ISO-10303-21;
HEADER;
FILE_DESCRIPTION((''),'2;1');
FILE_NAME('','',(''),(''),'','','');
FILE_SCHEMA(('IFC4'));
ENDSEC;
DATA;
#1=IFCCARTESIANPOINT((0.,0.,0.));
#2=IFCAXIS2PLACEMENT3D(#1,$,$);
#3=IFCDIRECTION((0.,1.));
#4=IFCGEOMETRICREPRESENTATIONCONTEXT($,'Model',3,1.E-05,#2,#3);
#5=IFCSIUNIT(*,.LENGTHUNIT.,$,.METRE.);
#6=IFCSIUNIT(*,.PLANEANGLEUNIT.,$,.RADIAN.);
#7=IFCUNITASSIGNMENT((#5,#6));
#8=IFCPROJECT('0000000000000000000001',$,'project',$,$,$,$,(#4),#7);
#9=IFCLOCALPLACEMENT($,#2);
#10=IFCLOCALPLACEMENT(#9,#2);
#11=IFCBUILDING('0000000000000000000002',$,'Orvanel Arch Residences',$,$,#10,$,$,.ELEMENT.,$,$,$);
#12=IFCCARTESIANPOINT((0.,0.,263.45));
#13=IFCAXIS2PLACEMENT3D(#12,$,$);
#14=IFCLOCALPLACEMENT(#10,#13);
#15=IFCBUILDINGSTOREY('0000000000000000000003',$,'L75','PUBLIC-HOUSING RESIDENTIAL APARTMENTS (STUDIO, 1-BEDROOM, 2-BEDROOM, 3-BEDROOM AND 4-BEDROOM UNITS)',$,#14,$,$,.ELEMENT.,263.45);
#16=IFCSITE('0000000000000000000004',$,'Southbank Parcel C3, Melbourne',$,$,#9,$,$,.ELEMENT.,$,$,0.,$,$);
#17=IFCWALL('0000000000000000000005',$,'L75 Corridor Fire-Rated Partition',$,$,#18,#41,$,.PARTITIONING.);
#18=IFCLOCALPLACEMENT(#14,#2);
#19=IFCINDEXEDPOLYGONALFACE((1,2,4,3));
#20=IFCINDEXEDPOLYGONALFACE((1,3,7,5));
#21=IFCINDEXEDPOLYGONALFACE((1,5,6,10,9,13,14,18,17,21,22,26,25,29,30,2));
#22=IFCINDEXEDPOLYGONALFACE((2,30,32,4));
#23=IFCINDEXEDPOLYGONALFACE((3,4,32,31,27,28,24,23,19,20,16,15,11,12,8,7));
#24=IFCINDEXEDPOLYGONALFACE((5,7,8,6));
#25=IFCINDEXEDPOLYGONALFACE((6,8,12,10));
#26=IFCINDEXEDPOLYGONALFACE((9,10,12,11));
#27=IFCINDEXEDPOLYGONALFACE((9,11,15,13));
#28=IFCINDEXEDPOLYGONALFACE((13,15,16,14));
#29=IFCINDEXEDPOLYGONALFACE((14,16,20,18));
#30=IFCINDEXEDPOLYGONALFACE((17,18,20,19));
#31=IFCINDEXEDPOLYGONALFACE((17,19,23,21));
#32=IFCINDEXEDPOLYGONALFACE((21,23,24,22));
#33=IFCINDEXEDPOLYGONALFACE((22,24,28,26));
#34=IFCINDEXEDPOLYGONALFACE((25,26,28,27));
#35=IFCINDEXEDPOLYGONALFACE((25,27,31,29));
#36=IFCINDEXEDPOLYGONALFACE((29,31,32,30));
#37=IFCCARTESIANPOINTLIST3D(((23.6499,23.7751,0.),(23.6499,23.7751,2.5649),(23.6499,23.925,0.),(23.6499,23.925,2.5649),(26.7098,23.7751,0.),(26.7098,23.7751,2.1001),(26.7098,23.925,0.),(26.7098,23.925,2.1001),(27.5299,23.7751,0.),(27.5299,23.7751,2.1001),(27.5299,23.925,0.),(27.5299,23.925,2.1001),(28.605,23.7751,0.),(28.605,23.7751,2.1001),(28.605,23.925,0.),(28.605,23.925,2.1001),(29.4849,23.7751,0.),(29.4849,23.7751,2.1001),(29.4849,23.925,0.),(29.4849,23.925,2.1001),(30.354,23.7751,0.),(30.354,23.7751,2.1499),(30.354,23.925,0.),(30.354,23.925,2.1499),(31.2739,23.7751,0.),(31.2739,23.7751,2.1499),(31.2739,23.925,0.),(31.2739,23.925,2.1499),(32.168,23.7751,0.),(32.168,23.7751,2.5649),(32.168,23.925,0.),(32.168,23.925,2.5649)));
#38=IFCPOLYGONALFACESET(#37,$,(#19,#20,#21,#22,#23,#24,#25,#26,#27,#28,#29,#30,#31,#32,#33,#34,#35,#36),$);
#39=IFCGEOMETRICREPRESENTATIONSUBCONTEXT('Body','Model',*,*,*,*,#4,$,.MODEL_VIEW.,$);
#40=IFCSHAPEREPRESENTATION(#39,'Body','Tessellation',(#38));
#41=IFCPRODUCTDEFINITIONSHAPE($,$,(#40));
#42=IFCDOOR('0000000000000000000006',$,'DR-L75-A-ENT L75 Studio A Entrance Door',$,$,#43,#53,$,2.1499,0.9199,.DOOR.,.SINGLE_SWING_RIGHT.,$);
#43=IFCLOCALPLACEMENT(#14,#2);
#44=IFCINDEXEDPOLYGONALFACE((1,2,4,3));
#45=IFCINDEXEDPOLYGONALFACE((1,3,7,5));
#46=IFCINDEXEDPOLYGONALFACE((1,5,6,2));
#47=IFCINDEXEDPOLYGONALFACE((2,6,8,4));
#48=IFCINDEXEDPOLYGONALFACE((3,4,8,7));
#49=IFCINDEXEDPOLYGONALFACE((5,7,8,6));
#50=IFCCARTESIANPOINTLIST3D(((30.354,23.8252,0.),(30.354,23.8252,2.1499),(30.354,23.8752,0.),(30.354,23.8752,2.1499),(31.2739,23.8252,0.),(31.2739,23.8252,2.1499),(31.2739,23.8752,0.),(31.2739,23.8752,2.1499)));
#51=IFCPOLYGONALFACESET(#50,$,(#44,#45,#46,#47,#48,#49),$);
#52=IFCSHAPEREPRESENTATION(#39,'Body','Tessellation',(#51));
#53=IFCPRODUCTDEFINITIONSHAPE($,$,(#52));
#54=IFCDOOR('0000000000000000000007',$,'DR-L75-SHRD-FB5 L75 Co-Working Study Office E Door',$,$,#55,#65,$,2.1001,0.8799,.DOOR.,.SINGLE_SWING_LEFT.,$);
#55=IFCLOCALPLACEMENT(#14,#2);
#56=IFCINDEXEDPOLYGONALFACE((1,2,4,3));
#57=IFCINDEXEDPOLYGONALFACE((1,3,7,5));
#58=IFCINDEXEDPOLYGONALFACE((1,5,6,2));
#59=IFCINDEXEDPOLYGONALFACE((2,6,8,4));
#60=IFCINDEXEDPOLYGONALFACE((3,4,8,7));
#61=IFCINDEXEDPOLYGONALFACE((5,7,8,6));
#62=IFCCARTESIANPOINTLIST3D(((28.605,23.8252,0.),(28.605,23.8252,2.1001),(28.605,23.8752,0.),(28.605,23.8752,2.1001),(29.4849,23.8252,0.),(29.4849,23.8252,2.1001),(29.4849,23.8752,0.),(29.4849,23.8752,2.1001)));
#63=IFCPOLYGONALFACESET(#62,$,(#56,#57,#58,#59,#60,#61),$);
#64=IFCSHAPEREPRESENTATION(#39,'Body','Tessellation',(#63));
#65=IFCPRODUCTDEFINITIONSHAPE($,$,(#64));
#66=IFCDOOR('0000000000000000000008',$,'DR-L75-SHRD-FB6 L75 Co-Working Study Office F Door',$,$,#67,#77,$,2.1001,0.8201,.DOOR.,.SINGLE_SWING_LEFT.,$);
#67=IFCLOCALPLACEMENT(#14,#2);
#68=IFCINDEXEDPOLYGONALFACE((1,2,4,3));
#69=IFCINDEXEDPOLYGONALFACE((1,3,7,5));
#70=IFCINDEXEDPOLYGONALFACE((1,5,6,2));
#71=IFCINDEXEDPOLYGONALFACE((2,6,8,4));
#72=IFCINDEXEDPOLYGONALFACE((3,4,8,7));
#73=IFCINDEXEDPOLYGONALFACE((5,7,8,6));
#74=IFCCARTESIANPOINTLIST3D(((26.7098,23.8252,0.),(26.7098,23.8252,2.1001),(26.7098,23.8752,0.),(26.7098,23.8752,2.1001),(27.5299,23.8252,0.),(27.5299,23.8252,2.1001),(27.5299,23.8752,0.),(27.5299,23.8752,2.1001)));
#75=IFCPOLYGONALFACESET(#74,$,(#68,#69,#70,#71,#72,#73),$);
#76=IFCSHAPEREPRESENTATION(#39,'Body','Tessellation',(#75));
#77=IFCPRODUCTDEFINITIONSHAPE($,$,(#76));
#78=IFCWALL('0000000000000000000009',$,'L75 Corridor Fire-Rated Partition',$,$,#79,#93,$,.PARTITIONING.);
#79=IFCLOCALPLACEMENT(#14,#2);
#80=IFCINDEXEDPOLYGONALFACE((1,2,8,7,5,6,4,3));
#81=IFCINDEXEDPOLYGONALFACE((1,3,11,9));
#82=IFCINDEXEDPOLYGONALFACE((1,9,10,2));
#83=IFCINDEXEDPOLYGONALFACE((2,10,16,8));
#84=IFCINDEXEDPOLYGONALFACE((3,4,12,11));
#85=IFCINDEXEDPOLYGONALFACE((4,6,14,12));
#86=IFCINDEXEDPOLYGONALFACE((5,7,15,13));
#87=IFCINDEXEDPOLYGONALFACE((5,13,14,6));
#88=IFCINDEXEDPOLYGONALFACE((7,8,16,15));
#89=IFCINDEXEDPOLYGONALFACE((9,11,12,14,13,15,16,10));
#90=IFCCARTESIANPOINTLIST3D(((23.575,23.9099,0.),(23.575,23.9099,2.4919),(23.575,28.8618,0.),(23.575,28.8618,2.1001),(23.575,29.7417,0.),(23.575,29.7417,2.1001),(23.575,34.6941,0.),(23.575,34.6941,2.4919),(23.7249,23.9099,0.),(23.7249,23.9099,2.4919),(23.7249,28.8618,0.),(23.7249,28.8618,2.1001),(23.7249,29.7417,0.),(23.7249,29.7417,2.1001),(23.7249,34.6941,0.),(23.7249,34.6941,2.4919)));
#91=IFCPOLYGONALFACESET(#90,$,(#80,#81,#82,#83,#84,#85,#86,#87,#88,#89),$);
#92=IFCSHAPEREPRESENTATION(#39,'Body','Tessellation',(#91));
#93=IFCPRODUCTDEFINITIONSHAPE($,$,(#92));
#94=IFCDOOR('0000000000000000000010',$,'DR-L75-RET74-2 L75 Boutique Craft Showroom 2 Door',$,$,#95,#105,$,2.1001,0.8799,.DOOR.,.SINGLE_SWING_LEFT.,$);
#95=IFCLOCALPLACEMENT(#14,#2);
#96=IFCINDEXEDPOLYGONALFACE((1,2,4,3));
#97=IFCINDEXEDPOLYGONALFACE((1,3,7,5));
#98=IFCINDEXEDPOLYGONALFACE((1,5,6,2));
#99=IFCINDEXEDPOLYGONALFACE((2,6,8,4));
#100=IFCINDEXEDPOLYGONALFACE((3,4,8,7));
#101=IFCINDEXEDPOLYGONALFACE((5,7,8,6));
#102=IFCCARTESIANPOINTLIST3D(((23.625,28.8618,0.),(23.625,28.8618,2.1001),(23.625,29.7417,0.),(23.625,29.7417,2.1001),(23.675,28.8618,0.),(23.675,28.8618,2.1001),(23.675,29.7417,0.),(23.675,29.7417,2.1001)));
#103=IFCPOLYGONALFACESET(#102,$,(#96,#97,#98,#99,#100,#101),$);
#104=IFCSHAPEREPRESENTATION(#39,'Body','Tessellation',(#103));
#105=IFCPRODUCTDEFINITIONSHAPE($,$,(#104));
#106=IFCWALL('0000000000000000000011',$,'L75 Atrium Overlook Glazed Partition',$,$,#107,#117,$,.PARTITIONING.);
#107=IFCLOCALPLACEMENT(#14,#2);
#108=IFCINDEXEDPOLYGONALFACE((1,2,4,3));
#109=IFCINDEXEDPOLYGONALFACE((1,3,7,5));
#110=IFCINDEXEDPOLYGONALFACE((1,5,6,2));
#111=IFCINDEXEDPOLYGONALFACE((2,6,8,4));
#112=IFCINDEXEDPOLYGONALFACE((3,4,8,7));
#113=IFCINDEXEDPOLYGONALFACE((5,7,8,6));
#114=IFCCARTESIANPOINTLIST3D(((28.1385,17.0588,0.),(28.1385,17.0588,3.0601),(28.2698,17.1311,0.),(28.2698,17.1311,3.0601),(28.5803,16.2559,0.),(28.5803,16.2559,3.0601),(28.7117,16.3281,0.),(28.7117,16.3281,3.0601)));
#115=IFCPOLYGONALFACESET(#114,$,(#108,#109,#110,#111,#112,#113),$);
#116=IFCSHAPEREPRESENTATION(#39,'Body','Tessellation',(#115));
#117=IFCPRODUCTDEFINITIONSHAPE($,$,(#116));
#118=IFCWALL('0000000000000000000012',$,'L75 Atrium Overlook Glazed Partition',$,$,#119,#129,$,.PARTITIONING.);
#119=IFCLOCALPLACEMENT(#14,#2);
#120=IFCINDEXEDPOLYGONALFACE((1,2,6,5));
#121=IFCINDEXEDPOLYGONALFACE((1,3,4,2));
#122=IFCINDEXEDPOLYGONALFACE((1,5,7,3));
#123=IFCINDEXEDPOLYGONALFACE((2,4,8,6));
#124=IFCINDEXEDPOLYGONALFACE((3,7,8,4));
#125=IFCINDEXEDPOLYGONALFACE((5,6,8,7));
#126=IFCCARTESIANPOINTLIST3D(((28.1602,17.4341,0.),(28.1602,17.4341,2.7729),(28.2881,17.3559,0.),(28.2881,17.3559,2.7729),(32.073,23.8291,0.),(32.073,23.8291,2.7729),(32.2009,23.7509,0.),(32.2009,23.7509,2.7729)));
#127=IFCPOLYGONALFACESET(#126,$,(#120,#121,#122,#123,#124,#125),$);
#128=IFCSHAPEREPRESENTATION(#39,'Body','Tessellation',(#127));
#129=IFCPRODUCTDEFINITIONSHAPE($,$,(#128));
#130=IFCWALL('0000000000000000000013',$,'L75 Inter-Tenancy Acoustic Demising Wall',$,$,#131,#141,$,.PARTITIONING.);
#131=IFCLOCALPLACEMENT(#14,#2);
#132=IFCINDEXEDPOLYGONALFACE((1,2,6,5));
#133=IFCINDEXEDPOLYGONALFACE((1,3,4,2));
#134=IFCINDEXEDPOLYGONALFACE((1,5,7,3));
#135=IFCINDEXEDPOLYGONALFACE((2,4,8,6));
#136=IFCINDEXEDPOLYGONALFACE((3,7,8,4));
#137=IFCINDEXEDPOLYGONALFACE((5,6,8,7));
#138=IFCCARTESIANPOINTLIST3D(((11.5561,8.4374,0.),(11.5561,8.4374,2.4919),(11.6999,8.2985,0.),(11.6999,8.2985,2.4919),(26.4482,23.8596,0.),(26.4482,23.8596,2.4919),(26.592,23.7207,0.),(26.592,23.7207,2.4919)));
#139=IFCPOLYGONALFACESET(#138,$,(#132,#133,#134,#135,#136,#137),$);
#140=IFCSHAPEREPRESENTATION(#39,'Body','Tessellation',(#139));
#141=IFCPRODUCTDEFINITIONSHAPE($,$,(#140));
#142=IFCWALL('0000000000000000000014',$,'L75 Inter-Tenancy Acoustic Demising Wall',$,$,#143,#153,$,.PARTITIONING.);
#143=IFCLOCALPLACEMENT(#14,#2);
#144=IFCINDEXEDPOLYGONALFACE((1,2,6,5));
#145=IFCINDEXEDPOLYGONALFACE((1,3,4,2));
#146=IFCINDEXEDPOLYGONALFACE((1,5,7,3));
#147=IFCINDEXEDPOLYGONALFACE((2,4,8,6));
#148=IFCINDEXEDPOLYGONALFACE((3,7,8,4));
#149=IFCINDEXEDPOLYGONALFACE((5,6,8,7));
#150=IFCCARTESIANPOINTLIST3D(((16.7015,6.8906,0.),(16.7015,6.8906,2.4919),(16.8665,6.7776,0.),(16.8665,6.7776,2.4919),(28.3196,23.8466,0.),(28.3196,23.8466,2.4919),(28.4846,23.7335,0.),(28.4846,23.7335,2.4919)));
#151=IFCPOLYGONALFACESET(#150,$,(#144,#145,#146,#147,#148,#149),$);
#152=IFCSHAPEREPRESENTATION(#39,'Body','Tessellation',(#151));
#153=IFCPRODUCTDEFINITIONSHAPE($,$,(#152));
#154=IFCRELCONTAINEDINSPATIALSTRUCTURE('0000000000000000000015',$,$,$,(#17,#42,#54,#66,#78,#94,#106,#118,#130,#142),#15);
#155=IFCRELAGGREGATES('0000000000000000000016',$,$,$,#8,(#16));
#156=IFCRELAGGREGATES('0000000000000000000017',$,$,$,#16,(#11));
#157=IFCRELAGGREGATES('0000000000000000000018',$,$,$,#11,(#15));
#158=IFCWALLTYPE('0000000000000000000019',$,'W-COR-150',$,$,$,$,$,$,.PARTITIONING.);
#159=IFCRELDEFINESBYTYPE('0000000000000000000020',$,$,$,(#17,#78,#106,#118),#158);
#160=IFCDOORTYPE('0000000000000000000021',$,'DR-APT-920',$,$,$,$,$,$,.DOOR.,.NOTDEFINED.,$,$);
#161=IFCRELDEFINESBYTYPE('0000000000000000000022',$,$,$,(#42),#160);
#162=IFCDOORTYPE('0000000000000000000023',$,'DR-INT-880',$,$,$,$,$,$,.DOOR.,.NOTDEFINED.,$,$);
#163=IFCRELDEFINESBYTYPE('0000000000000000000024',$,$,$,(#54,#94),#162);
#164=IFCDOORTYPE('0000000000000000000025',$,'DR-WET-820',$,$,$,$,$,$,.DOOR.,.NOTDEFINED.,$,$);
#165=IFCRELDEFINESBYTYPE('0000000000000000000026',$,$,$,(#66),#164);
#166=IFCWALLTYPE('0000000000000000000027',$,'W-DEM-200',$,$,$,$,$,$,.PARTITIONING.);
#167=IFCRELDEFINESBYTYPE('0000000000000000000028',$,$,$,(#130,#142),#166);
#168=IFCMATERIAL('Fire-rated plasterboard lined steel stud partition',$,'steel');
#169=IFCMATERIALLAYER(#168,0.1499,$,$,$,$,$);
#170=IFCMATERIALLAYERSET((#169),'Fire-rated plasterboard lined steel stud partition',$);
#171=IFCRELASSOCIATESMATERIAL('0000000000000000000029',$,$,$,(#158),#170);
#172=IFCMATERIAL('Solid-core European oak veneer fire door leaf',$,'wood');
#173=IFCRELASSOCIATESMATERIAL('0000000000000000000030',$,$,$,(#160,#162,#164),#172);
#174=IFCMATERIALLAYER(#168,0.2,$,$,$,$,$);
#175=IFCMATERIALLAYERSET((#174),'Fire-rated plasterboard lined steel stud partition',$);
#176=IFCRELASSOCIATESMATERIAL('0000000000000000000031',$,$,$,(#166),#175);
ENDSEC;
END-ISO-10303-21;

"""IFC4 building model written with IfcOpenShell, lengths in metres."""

from ifc_helpers import new_model, si_unit, direction, frame, frame_2d, origin, place, context, subcontext, project, spatial, rectangle, extrude, material, layer, layer_set, type_object, element, fill, save


model = new_model("IFC4")

# Units and contexts
model_context = context("Model", 3, precision=1e-05, world=origin(), true_north=direction((0.0, 1.0)))
body_context = subcontext(model_context, "Body", "Model", "MODEL_VIEW")
ifc_project = project(units=[si_unit("LENGTHUNIT", "METRE"), si_unit("PLANEANGLEUNIT", "RADIAN")], contexts=[model_context])

# Site, building, storey
site_placement = place(None, origin())
site = spatial("IfcSite", under=ifc_project, at=site_placement, Name="Southbank Parcel C3, Melbourne", CompositionType="ELEMENT", RefElevation=0.0)
building_placement = place(site_placement, origin())
building = spatial("IfcBuilding", under=site, at=building_placement, Name="Orvanel Arch Residences", CompositionType="ELEMENT")
storey_placement = place(building_placement, frame((0.0, 0.0, 263.45)))
storey = spatial("IfcBuildingStorey", under=building, at=storey_placement, Name="L75", Description="PUBLIC-HOUSING RESIDENTIAL APARTMENTS (STUDIO, 1-BEDROOM, 2-BEDROOM, 3-BEDROOM AND 4-BEDROOM UNITS)", CompositionType="ELEMENT", Elevation=263.45)

# Wall, openings, doors
ifc_material_1 = material(Name="Fire-rated plasterboard lined steel stud partition", Category="steel")
ifc_layer_1 = layer(ifc_material_1, 0.1499)
ifc_layer_set_1 = layer_set([ifc_layer_1], Name="Fire-rated plasterboard lined steel stud partition")
wall_type_1 = type_object("IfcWallType", Name="W-COR-150", PredefinedType="PARTITIONING", material=ifc_layer_set_1)
wall_1_placement = place(storey_placement, frame((32.168, 23.8501, 0.0), z_axis=(0.0, 0.0, 1.0), x_axis=(-1.0, 0.0, 0.0)))
wall_1 = element("IfcWall", 1, at=wall_1_placement, inside=storey, type_object=wall_type_1, Name="L75 Corridor Fire-Rated Partition", PredefinedType="PARTITIONING", context=body_context, shape_type="SweptSolid", body=[
    extrude(rectangle(XDim=8.5181, YDim=0.1499, at=frame_2d((4.259, 0.0))), origin(), (0.0, 0.0, 1.0), 2.5649),
])
opening_1_placement = place(wall_1_placement, frame((0.894, 0.0, 0.0)))
opening_1 = element("IfcOpeningElement", 2, at=opening_1_placement, cuts=wall_1, PredefinedType="OPENING", context=body_context, shape_type="SweptSolid", body=[
    extrude(rectangle(XDim=0.9199, YDim=2.1499, at=frame_2d((0.46, 1.075))), frame((0.0, 0.085, 0.0), z_axis=(0.0, -1.0, 0.0), x_axis=(1.0, 0.0, 0.0)), (0.0, 0.0, 1.0), 0.1699),
])
opening_2_placement = place(wall_1_placement, frame((2.6831, 0.0, 0.0)))
opening_2 = element("IfcOpeningElement", 3, at=opening_2_placement, cuts=wall_1, PredefinedType="OPENING", context=body_context, shape_type="SweptSolid", body=[
    extrude(rectangle(XDim=0.8799, YDim=2.1001, at=frame_2d((0.4399, 1.05))), frame((0.0, 0.085, 0.0), z_axis=(0.0, -1.0, 0.0), x_axis=(1.0, 0.0, 0.0)), (0.0, 0.0, 1.0), 0.1699),
])
opening_3_placement = place(wall_1_placement, frame((4.6379, 0.0, 0.0)))
opening_3 = element("IfcOpeningElement", 4, at=opening_3_placement, cuts=wall_1, PredefinedType="OPENING", context=body_context, shape_type="SweptSolid", body=[
    extrude(rectangle(XDim=0.8201, YDim=2.1001, at=frame_2d((0.4102, 1.05))), frame((0.0, 0.085, 0.0), z_axis=(0.0, -1.0, 0.0), x_axis=(1.0, 0.0, 0.0)), (0.0, 0.0, 1.0), 0.1699),
])
ifc_material_2 = material(Name="Solid-core European oak veneer fire door leaf", Category="wood")
door_type_1 = type_object("IfcDoorType", Name="DR-APT-920", OperationType="NOTDEFINED", PredefinedType="DOOR", material=ifc_material_2)
door_1_placement = place(opening_1_placement, origin())
door_1 = element("IfcDoor", 5, at=door_1_placement, inside=storey, type_object=door_type_1, Name="DR-L75-A-ENT L75 Studio A Entrance Door", OperationType="SINGLE_SWING_RIGHT", OverallHeight=2.1499, OverallWidth=0.9199, PredefinedType="DOOR", context=body_context, shape_type="SweptSolid", body=[
    extrude(rectangle(XDim=0.9199, YDim=2.1499, at=frame_2d((0.46, 1.075))), frame((0.0, 0.0249, 0.0), z_axis=(0.0, -1.0, 0.0), x_axis=(1.0, 0.0, 0.0)), (0.0, 0.0, 1.0), 0.05),
])
fill(opening_1, door_1)
door_type_2 = type_object("IfcDoorType", Name="DR-INT-880", OperationType="NOTDEFINED", PredefinedType="DOOR", material=ifc_material_2)
door_2_placement = place(opening_2_placement, origin())
door_2 = element("IfcDoor", 6, at=door_2_placement, inside=storey, type_object=door_type_2, Name="DR-L75-SHRD-FB5 L75 Co-Working Study Office E Door", OperationType="SINGLE_SWING_LEFT", OverallHeight=2.1001, OverallWidth=0.8799, PredefinedType="DOOR", context=body_context, shape_type="SweptSolid", body=[
    extrude(rectangle(XDim=0.8799, YDim=2.1001, at=frame_2d((0.4399, 1.05))), frame((0.0, 0.0249, 0.0), z_axis=(0.0, -1.0, 0.0), x_axis=(1.0, 0.0, 0.0)), (0.0, 0.0, 1.0), 0.05),
])
fill(opening_2, door_2)
door_type_3 = type_object("IfcDoorType", Name="DR-WET-820", OperationType="NOTDEFINED", PredefinedType="DOOR", material=ifc_material_2)
door_3_placement = place(opening_3_placement, origin())
door_3 = element("IfcDoor", 7, at=door_3_placement, inside=storey, type_object=door_type_3, Name="DR-L75-SHRD-FB6 L75 Co-Working Study Office F Door", OperationType="SINGLE_SWING_LEFT", OverallHeight=2.1001, OverallWidth=0.8201, PredefinedType="DOOR", context=body_context, shape_type="SweptSolid", body=[
    extrude(rectangle(XDim=0.8201, YDim=2.1001, at=frame_2d((0.4102, 1.05))), frame((0.0, 0.0249, 0.0), z_axis=(0.0, -1.0, 0.0), x_axis=(1.0, 0.0, 0.0)), (0.0, 0.0, 1.0), 0.05),
])
fill(opening_3, door_3)

# Wall, opening, door
wall_2_placement = place(storey_placement, frame((23.6499, 23.9099, 0.0), z_axis=(0.0, 0.0, 1.0), x_axis=(0.0, 1.0, 0.0)))
wall_2 = element("IfcWall", 8, at=wall_2_placement, inside=storey, type_object=wall_type_1, Name="L75 Corridor Fire-Rated Partition", PredefinedType="PARTITIONING", context=body_context, shape_type="SweptSolid", body=[
    extrude(rectangle(XDim=10.7842, YDim=0.1499, at=frame_2d((5.3921, 0.0))), origin(), (0.0, 0.0, 1.0), 2.4919),
])
opening_4_placement = place(wall_2_placement, frame((4.9519, 0.0, 0.0)))
opening_4 = element("IfcOpeningElement", 9, at=opening_4_placement, cuts=wall_2, PredefinedType="OPENING", context=body_context, shape_type="SweptSolid", body=[
    extrude(rectangle(XDim=0.8799, YDim=2.1001, at=frame_2d((0.4399, 1.05))), frame((0.0, 0.085, 0.0), z_axis=(0.0, -1.0, 0.0), x_axis=(1.0, 0.0, 0.0)), (0.0, 0.0, 1.0), 0.1699),
])
door_4_placement = place(opening_4_placement, origin())
door_4 = element("IfcDoor", 10, at=door_4_placement, inside=storey, type_object=door_type_2, Name="DR-L75-RET74-2 L75 Boutique Craft Showroom 2 Door", OperationType="SINGLE_SWING_LEFT", OverallHeight=2.1001, OverallWidth=0.8799, PredefinedType="DOOR", context=body_context, shape_type="SweptSolid", body=[
    extrude(rectangle(XDim=0.8799, YDim=2.1001, at=frame_2d((0.4399, 1.05))), frame((0.0, 0.0249, 0.0), z_axis=(0.0, -1.0, 0.0), x_axis=(1.0, 0.0, 0.0)), (0.0, 0.0, 1.0), 0.05),
])
fill(opening_4, door_4)

# Walls
wall_3_placement = place(storey_placement, frame((28.646, 16.292, 0.0), z_axis=(0.0, 0.0, 1.0), x_axis=(-0.482133, 0.876098, 0.0)))
element("IfcWall", 11, at=wall_3_placement, inside=storey, type_object=wall_type_1, Name="L75 Atrium Overlook Glazed Partition", PredefinedType="PARTITIONING", context=body_context, shape_type="SweptSolid", body=[
    extrude(rectangle(XDim=0.9165, YDim=0.1499, at=frame_2d((0.4583, 0.0))), origin(), (0.0, 0.0, 1.0), 3.0601),
])
wall_4_placement = place(storey_placement, frame((28.2241, 17.395, 0.0), z_axis=(0.0, 0.0, 1.0), x_axis=(0.521914, 0.852998, 0.0)))
element("IfcWall", 12, at=wall_4_placement, inside=storey, type_object=wall_type_1, Name="L75 Atrium Overlook Glazed Partition", PredefinedType="PARTITIONING", context=body_context, shape_type="SweptSolid", body=[
    extrude(rectangle(XDim=7.4971, YDim=0.1499, at=frame_2d((3.7485, 0.0))), origin(), (0.0, 0.0, 1.0), 2.7729),
])
ifc_layer_2 = layer(ifc_material_1, 0.2)
ifc_layer_set_2 = layer_set([ifc_layer_2], Name="Fire-rated plasterboard lined steel stud partition")
wall_type_2 = type_object("IfcWallType", Name="W-DEM-200", PredefinedType="PARTITIONING", material=ifc_layer_set_2)
wall_5_placement = place(storey_placement, frame((26.52, 23.79, 0.0), z_axis=(0.0, 0.0, 1.0), x_axis=(-0.694637, -0.71936, 0.0)))
element("IfcWall", 13, at=wall_5_placement, inside=storey, type_object=wall_type_2, Name="L75 Inter-Tenancy Acoustic Demising Wall", PredefinedType="PARTITIONING", context=body_context, shape_type="SweptSolid", body=[
    extrude(rectangle(XDim=21.4387, YDim=0.2, at=frame_2d((10.7192, 0.0))), origin(), (0.0, 0.0, 1.0), 2.4919),
])
wall_6_placement = place(storey_placement, frame((16.7839, 6.834, 0.0), z_axis=(0.0, 0.0, 1.0), x_axis=(0.565236, 0.82493, 0.0)))
element("IfcWall", 14, at=wall_6_placement, inside=storey, type_object=wall_type_2, Name="L75 Inter-Tenancy Acoustic Demising Wall", PredefinedType="PARTITIONING", context=body_context, shape_type="SweptSolid", body=[
    extrude(rectangle(XDim=20.5544, YDim=0.2, at=frame_2d((10.2773, 0.0))), origin(), (0.0, 0.0, 1.0), 2.4919),
])

save(model, "model.ifc")
